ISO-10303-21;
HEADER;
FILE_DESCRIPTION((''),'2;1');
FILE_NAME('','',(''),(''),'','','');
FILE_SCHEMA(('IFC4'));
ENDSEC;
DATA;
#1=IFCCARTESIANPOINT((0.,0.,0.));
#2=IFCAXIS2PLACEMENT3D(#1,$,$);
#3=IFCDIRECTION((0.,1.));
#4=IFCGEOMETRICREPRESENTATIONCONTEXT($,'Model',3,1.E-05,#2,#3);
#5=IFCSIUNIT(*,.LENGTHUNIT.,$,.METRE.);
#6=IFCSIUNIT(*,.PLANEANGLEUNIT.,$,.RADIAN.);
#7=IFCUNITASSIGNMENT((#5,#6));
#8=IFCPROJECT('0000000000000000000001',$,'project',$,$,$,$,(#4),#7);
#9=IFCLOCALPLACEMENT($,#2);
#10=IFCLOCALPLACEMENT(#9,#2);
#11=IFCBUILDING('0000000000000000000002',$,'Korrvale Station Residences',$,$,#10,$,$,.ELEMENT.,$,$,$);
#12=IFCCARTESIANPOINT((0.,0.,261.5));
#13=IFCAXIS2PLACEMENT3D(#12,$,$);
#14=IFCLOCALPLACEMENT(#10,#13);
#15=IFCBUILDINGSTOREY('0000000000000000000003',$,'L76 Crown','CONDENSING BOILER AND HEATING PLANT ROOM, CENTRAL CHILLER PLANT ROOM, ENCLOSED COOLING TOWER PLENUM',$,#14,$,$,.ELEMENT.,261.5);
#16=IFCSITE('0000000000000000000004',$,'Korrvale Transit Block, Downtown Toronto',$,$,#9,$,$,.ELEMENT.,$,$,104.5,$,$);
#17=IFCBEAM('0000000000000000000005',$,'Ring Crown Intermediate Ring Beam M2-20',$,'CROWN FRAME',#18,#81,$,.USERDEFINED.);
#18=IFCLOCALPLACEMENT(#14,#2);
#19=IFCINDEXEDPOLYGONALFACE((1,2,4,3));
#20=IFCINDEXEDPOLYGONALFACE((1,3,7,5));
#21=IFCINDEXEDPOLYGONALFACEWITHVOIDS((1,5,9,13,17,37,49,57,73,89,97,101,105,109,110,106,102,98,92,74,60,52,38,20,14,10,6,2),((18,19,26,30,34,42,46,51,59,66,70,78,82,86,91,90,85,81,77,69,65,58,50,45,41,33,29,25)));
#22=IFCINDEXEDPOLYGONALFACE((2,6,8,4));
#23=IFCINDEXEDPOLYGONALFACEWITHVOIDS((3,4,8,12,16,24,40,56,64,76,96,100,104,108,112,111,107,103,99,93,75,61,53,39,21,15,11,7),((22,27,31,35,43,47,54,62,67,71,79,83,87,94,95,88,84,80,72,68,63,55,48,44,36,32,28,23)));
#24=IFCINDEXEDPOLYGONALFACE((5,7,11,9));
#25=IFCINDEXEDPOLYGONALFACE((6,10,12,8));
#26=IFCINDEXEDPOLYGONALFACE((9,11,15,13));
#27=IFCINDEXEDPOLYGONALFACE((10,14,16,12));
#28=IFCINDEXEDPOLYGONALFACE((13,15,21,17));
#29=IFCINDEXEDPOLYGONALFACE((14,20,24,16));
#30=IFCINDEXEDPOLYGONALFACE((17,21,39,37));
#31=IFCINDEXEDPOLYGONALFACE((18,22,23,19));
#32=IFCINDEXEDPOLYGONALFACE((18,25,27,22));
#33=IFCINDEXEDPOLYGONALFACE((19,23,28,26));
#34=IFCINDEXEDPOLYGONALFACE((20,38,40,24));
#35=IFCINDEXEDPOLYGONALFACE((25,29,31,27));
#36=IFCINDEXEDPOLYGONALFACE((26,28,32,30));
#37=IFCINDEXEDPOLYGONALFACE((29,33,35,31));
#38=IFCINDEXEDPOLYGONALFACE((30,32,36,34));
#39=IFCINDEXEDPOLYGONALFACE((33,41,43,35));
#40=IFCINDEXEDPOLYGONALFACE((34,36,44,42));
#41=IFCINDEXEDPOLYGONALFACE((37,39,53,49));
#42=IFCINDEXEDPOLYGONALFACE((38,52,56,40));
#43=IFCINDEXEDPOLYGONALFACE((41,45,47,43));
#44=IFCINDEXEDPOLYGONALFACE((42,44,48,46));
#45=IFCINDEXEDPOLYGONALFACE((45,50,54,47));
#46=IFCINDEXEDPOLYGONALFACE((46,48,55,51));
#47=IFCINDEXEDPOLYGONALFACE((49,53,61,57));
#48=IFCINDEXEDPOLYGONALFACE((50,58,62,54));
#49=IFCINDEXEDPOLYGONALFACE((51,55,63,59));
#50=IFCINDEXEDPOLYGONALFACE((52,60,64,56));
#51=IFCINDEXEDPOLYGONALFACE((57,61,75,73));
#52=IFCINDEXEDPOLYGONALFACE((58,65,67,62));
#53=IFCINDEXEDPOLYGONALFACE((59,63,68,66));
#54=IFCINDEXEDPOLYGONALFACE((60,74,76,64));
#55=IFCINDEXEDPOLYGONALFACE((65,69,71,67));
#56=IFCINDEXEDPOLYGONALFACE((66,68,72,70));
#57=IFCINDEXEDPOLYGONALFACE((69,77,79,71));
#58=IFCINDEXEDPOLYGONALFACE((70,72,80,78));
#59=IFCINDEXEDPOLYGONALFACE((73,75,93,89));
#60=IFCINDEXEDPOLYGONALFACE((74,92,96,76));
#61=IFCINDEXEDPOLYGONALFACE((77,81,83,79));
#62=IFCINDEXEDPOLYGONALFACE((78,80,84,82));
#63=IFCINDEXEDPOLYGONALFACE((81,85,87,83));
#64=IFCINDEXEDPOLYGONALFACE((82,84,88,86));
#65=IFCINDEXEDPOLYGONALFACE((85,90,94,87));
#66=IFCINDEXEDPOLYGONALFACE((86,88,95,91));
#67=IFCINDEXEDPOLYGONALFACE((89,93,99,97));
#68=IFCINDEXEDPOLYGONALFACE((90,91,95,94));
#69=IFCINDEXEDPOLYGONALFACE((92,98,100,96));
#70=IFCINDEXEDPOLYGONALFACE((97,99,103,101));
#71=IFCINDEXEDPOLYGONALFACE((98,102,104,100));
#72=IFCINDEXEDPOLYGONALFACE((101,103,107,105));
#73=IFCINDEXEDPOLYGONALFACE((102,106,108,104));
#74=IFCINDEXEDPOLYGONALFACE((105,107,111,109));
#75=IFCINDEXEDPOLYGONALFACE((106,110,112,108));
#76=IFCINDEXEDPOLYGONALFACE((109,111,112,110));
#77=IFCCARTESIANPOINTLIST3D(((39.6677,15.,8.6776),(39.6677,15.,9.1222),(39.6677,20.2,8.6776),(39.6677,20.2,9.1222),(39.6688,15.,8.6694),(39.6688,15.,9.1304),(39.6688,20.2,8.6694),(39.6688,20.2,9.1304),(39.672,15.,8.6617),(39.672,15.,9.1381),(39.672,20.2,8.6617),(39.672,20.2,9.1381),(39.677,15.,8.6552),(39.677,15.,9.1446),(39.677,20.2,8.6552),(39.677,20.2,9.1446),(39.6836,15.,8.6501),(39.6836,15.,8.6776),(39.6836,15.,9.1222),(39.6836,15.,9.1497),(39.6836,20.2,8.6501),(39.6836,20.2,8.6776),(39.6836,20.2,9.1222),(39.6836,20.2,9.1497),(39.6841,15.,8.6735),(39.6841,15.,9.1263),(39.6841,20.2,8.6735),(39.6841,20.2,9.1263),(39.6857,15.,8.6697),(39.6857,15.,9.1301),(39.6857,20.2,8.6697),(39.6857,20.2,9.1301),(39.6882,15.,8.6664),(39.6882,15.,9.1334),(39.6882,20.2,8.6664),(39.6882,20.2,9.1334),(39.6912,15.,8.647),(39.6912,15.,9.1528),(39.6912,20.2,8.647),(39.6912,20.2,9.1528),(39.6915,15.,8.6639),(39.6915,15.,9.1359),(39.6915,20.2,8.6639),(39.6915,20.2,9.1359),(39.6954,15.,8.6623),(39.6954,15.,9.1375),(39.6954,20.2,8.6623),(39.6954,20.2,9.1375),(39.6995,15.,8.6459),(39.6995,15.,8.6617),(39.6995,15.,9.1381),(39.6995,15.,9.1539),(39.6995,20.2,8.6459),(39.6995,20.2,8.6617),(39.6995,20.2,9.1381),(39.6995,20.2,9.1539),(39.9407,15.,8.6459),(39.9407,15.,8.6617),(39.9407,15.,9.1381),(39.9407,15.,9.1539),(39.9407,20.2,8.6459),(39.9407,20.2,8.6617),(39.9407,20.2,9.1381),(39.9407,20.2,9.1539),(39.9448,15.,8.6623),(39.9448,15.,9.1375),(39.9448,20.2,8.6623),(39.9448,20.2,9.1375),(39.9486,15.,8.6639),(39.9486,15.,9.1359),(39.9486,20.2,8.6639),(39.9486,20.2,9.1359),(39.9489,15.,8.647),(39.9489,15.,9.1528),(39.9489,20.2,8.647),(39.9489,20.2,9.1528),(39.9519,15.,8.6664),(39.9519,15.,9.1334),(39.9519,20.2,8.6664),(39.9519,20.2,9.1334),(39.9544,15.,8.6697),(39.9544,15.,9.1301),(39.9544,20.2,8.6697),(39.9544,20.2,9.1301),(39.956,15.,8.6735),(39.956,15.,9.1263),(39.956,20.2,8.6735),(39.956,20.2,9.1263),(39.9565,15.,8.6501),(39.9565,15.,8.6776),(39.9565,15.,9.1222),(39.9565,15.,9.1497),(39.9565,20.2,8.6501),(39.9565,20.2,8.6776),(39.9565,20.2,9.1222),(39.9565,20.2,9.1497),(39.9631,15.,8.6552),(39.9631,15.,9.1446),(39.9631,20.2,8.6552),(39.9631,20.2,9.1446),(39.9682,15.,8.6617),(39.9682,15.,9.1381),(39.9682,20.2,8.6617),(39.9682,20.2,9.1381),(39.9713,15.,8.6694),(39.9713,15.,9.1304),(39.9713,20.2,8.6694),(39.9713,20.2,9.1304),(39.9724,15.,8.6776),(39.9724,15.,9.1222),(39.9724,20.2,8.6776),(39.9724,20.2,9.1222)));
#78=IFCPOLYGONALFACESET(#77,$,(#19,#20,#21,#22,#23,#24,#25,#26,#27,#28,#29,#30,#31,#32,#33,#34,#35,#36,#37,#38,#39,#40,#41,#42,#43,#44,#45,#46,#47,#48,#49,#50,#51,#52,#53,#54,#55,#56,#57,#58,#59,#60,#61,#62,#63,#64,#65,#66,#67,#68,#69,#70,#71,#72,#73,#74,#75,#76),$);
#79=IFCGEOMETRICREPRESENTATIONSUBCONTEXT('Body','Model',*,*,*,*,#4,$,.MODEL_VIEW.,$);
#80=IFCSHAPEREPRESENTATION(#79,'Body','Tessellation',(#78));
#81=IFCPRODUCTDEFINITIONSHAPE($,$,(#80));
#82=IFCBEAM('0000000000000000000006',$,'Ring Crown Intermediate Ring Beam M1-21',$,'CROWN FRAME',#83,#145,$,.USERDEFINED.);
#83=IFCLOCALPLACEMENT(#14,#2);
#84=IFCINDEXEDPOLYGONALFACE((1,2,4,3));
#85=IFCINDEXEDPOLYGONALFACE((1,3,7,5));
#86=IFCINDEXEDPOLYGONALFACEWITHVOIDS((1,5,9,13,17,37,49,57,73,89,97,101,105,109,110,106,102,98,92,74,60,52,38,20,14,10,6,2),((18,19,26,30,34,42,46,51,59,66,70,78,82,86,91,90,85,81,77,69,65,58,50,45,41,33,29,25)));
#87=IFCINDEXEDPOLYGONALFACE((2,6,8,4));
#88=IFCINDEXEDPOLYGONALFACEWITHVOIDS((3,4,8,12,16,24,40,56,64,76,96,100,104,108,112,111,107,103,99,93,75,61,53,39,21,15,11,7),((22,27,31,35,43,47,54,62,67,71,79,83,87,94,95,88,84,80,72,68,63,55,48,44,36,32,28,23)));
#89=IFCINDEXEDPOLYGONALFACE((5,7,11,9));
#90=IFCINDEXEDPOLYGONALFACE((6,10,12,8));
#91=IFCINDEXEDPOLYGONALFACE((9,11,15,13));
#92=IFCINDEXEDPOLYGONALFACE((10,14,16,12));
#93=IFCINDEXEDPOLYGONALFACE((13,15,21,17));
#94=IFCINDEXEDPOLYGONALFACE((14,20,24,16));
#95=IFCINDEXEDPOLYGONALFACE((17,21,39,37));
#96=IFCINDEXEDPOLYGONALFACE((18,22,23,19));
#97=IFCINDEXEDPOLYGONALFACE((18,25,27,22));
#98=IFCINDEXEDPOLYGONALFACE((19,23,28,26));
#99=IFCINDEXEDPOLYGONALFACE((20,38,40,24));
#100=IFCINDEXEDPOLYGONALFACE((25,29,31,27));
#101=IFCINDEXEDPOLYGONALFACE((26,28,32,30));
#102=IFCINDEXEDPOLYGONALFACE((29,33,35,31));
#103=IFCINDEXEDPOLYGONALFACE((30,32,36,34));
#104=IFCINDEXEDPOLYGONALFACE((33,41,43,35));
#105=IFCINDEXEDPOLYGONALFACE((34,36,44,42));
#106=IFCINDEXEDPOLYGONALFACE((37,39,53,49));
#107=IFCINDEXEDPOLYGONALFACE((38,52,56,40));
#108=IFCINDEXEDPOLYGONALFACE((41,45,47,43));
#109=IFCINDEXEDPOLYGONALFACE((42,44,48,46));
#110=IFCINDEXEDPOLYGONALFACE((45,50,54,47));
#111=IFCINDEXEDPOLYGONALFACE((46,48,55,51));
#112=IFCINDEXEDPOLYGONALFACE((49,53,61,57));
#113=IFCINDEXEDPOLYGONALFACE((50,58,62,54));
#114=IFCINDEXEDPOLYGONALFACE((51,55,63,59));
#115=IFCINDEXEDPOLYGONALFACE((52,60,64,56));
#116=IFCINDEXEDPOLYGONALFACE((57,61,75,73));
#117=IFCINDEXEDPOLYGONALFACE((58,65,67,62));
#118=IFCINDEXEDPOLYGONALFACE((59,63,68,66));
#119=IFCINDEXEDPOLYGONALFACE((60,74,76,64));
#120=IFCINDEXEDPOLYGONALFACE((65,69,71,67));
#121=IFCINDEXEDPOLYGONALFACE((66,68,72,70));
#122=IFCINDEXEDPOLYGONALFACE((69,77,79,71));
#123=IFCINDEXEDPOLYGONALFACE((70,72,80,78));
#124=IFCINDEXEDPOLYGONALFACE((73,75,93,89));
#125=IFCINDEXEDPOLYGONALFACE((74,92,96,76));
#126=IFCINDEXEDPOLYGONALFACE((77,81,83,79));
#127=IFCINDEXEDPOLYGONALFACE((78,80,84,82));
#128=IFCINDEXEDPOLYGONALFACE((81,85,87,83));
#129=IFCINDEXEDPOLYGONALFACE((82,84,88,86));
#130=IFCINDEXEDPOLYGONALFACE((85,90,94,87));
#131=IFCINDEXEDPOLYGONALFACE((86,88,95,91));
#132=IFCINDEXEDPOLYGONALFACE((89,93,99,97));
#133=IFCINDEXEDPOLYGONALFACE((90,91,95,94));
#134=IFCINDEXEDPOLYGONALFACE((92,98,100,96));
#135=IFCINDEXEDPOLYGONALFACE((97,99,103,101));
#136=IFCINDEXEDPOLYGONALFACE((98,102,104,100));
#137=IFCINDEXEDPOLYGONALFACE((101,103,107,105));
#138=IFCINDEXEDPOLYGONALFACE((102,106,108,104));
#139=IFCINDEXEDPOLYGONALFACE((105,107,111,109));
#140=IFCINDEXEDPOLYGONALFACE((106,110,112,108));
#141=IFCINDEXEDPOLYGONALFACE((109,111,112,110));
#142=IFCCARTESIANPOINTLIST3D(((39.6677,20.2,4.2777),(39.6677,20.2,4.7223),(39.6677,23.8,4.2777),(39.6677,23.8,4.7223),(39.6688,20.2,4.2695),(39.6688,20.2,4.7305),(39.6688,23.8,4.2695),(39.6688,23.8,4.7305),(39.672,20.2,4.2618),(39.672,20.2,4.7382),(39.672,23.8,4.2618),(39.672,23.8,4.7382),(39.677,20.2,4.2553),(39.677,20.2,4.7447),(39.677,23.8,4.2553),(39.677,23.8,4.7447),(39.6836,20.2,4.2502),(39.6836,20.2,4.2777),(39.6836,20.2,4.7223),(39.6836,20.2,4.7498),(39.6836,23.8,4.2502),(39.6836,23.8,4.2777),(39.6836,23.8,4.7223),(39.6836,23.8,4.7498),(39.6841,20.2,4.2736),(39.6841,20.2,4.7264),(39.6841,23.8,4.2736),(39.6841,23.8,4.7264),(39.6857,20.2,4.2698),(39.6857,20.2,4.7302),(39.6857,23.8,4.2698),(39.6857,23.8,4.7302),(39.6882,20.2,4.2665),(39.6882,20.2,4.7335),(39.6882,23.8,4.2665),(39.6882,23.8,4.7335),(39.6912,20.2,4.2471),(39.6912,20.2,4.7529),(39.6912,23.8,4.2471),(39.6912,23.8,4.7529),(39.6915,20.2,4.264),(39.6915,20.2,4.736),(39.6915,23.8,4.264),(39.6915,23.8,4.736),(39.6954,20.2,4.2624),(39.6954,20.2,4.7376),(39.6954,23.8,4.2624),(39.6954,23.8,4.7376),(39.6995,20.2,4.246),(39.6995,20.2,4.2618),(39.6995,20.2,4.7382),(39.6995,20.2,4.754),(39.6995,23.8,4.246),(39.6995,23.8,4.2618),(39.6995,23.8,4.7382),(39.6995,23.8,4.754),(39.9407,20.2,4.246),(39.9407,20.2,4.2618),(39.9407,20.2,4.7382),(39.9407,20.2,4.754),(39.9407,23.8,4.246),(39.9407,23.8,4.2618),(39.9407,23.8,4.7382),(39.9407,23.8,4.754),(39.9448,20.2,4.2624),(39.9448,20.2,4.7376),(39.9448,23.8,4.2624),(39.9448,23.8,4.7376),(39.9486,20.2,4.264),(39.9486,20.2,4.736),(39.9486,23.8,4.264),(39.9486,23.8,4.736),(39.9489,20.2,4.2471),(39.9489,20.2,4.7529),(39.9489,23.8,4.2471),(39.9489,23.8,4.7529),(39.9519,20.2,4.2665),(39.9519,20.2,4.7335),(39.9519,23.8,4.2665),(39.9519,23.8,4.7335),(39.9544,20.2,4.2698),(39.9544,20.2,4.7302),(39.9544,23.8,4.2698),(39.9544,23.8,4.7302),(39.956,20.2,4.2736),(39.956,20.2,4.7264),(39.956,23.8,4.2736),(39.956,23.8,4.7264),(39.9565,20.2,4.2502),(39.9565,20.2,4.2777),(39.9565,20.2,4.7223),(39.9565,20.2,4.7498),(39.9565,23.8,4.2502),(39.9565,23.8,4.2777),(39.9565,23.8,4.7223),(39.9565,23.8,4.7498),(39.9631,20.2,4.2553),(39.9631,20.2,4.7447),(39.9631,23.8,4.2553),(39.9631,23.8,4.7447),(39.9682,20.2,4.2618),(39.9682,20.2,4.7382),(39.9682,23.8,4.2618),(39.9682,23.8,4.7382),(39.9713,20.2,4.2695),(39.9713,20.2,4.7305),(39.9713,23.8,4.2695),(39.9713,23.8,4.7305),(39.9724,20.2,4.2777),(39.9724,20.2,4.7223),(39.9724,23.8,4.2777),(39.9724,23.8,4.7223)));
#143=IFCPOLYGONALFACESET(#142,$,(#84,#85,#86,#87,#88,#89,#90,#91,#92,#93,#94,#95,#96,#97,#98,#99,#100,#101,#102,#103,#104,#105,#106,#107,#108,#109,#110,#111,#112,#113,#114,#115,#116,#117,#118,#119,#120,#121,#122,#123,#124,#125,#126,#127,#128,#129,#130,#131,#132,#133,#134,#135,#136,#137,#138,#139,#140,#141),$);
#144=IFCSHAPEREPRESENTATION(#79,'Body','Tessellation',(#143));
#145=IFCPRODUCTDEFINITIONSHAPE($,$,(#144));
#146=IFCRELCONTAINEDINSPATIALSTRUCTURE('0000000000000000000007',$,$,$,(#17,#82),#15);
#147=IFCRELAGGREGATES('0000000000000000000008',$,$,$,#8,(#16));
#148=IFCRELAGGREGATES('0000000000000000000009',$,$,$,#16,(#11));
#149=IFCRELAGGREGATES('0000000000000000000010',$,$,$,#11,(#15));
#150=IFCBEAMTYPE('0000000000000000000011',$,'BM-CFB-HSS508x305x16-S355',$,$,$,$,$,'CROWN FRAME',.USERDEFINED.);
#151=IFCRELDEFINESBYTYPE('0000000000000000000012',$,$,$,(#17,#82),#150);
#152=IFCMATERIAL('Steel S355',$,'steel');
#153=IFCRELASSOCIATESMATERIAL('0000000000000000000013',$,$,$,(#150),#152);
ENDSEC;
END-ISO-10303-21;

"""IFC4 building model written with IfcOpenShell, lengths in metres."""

from ifc_helpers import new_model, si_unit, direction, frame, origin, origin_2d, place, context, subcontext, project, spatial, hollow_rectangle, extrude, material, material_profile, profile_set, type_object, element, save


model = new_model("IFC4")

# Units and contexts
model_context = context("Model", 3, precision=1e-05, world=origin(), true_north=direction((0.0, 1.0)))
body_context = subcontext(model_context, "Body", "Model", "MODEL_VIEW")
ifc_project = project(units=[si_unit("LENGTHUNIT", "METRE"), si_unit("PLANEANGLEUNIT", "RADIAN")], contexts=[model_context])

# Site, building, storey
site_placement = place(None, origin())
site = spatial("IfcSite", under=ifc_project, at=site_placement, Name="Korrvale Transit Block, Downtown Toronto", CompositionType="ELEMENT", RefElevation=104.5)
building_placement = place(site_placement, origin())
building = spatial("IfcBuilding", under=site, at=building_placement, Name="Korrvale Station Residences", CompositionType="ELEMENT")
storey_placement = place(building_placement, frame((0.0, 0.0, 261.5)))
storey = spatial("IfcBuildingStorey", under=building, at=storey_placement, Name="L76 Crown", Description="CONDENSING BOILER AND HEATING PLANT ROOM, CENTRAL CHILLER PLANT ROOM, ENCLOSED COOLING TOWER PLENUM", CompositionType="ELEMENT", Elevation=261.5)

# Shared definitions
ifc_material_1 = material(Name="Steel S355", Category="steel")

# Beams
ifc_material_profile_1 = material_profile(ifc_material_1, hollow_rectangle(XDim=0.3047, YDim=0.5081, WallThickness=0.0159, InnerFilletRadius=0.0159, OuterFilletRadius=0.0317, at=origin_2d()), Name="HSS508x305x16")
ifc_profile_set_1 = profile_set([ifc_material_profile_1], Name="Steel S355")
beam_type = type_object("IfcBeamType", Name="BM-CFB-HSS508x305x16-S355", ElementType="CROWN FRAME", PredefinedType="USERDEFINED", material=ifc_profile_set_1)
for number, where, z_axis, x_axis, name in (
    (1, (39.8201, 15.0, 8.8999), (0.0, 1.0, 0.0), (-1.0, 0.0, 0.0), "Ring Crown Intermediate Ring Beam M2-20"),
):
    element("IfcBeam", number, at=place(storey_placement, frame(where, z_axis=z_axis, x_axis=x_axis)), inside=storey, type_object=beam_type, Name=name, ObjectType="CROWN FRAME", PredefinedType="USERDEFINED", context=body_context, shape_type="SweptSolid", body=[
        extrude(hollow_rectangle(XDim=0.3047, YDim=0.5081, WallThickness=0.0159, InnerFilletRadius=0.0159, OuterFilletRadius=0.0317, at=origin_2d()), origin(), (0.0, 0.0, 1.0), 5.2),
    ])
for number, where, z_axis, x_axis, name in (
    (2, (39.8201, 20.2, 4.5), (0.0, 1.0, 0.0), (-1.0, 0.0, 0.0), "Ring Crown Intermediate Ring Beam M1-21"),
):
    element("IfcBeam", number, at=place(storey_placement, frame(where, z_axis=z_axis, x_axis=x_axis)), inside=storey, type_object=beam_type, Name=name, ObjectType="CROWN FRAME", PredefinedType="USERDEFINED", context=body_context, shape_type="SweptSolid", body=[
        extrude(hollow_rectangle(XDim=0.3047, YDim=0.5081, WallThickness=0.0159, InnerFilletRadius=0.0159, OuterFilletRadius=0.0317, at=origin_2d()), origin(), (0.0, 0.0, 1.0), 3.6001),
    ])

save(model, "model.ifc")
